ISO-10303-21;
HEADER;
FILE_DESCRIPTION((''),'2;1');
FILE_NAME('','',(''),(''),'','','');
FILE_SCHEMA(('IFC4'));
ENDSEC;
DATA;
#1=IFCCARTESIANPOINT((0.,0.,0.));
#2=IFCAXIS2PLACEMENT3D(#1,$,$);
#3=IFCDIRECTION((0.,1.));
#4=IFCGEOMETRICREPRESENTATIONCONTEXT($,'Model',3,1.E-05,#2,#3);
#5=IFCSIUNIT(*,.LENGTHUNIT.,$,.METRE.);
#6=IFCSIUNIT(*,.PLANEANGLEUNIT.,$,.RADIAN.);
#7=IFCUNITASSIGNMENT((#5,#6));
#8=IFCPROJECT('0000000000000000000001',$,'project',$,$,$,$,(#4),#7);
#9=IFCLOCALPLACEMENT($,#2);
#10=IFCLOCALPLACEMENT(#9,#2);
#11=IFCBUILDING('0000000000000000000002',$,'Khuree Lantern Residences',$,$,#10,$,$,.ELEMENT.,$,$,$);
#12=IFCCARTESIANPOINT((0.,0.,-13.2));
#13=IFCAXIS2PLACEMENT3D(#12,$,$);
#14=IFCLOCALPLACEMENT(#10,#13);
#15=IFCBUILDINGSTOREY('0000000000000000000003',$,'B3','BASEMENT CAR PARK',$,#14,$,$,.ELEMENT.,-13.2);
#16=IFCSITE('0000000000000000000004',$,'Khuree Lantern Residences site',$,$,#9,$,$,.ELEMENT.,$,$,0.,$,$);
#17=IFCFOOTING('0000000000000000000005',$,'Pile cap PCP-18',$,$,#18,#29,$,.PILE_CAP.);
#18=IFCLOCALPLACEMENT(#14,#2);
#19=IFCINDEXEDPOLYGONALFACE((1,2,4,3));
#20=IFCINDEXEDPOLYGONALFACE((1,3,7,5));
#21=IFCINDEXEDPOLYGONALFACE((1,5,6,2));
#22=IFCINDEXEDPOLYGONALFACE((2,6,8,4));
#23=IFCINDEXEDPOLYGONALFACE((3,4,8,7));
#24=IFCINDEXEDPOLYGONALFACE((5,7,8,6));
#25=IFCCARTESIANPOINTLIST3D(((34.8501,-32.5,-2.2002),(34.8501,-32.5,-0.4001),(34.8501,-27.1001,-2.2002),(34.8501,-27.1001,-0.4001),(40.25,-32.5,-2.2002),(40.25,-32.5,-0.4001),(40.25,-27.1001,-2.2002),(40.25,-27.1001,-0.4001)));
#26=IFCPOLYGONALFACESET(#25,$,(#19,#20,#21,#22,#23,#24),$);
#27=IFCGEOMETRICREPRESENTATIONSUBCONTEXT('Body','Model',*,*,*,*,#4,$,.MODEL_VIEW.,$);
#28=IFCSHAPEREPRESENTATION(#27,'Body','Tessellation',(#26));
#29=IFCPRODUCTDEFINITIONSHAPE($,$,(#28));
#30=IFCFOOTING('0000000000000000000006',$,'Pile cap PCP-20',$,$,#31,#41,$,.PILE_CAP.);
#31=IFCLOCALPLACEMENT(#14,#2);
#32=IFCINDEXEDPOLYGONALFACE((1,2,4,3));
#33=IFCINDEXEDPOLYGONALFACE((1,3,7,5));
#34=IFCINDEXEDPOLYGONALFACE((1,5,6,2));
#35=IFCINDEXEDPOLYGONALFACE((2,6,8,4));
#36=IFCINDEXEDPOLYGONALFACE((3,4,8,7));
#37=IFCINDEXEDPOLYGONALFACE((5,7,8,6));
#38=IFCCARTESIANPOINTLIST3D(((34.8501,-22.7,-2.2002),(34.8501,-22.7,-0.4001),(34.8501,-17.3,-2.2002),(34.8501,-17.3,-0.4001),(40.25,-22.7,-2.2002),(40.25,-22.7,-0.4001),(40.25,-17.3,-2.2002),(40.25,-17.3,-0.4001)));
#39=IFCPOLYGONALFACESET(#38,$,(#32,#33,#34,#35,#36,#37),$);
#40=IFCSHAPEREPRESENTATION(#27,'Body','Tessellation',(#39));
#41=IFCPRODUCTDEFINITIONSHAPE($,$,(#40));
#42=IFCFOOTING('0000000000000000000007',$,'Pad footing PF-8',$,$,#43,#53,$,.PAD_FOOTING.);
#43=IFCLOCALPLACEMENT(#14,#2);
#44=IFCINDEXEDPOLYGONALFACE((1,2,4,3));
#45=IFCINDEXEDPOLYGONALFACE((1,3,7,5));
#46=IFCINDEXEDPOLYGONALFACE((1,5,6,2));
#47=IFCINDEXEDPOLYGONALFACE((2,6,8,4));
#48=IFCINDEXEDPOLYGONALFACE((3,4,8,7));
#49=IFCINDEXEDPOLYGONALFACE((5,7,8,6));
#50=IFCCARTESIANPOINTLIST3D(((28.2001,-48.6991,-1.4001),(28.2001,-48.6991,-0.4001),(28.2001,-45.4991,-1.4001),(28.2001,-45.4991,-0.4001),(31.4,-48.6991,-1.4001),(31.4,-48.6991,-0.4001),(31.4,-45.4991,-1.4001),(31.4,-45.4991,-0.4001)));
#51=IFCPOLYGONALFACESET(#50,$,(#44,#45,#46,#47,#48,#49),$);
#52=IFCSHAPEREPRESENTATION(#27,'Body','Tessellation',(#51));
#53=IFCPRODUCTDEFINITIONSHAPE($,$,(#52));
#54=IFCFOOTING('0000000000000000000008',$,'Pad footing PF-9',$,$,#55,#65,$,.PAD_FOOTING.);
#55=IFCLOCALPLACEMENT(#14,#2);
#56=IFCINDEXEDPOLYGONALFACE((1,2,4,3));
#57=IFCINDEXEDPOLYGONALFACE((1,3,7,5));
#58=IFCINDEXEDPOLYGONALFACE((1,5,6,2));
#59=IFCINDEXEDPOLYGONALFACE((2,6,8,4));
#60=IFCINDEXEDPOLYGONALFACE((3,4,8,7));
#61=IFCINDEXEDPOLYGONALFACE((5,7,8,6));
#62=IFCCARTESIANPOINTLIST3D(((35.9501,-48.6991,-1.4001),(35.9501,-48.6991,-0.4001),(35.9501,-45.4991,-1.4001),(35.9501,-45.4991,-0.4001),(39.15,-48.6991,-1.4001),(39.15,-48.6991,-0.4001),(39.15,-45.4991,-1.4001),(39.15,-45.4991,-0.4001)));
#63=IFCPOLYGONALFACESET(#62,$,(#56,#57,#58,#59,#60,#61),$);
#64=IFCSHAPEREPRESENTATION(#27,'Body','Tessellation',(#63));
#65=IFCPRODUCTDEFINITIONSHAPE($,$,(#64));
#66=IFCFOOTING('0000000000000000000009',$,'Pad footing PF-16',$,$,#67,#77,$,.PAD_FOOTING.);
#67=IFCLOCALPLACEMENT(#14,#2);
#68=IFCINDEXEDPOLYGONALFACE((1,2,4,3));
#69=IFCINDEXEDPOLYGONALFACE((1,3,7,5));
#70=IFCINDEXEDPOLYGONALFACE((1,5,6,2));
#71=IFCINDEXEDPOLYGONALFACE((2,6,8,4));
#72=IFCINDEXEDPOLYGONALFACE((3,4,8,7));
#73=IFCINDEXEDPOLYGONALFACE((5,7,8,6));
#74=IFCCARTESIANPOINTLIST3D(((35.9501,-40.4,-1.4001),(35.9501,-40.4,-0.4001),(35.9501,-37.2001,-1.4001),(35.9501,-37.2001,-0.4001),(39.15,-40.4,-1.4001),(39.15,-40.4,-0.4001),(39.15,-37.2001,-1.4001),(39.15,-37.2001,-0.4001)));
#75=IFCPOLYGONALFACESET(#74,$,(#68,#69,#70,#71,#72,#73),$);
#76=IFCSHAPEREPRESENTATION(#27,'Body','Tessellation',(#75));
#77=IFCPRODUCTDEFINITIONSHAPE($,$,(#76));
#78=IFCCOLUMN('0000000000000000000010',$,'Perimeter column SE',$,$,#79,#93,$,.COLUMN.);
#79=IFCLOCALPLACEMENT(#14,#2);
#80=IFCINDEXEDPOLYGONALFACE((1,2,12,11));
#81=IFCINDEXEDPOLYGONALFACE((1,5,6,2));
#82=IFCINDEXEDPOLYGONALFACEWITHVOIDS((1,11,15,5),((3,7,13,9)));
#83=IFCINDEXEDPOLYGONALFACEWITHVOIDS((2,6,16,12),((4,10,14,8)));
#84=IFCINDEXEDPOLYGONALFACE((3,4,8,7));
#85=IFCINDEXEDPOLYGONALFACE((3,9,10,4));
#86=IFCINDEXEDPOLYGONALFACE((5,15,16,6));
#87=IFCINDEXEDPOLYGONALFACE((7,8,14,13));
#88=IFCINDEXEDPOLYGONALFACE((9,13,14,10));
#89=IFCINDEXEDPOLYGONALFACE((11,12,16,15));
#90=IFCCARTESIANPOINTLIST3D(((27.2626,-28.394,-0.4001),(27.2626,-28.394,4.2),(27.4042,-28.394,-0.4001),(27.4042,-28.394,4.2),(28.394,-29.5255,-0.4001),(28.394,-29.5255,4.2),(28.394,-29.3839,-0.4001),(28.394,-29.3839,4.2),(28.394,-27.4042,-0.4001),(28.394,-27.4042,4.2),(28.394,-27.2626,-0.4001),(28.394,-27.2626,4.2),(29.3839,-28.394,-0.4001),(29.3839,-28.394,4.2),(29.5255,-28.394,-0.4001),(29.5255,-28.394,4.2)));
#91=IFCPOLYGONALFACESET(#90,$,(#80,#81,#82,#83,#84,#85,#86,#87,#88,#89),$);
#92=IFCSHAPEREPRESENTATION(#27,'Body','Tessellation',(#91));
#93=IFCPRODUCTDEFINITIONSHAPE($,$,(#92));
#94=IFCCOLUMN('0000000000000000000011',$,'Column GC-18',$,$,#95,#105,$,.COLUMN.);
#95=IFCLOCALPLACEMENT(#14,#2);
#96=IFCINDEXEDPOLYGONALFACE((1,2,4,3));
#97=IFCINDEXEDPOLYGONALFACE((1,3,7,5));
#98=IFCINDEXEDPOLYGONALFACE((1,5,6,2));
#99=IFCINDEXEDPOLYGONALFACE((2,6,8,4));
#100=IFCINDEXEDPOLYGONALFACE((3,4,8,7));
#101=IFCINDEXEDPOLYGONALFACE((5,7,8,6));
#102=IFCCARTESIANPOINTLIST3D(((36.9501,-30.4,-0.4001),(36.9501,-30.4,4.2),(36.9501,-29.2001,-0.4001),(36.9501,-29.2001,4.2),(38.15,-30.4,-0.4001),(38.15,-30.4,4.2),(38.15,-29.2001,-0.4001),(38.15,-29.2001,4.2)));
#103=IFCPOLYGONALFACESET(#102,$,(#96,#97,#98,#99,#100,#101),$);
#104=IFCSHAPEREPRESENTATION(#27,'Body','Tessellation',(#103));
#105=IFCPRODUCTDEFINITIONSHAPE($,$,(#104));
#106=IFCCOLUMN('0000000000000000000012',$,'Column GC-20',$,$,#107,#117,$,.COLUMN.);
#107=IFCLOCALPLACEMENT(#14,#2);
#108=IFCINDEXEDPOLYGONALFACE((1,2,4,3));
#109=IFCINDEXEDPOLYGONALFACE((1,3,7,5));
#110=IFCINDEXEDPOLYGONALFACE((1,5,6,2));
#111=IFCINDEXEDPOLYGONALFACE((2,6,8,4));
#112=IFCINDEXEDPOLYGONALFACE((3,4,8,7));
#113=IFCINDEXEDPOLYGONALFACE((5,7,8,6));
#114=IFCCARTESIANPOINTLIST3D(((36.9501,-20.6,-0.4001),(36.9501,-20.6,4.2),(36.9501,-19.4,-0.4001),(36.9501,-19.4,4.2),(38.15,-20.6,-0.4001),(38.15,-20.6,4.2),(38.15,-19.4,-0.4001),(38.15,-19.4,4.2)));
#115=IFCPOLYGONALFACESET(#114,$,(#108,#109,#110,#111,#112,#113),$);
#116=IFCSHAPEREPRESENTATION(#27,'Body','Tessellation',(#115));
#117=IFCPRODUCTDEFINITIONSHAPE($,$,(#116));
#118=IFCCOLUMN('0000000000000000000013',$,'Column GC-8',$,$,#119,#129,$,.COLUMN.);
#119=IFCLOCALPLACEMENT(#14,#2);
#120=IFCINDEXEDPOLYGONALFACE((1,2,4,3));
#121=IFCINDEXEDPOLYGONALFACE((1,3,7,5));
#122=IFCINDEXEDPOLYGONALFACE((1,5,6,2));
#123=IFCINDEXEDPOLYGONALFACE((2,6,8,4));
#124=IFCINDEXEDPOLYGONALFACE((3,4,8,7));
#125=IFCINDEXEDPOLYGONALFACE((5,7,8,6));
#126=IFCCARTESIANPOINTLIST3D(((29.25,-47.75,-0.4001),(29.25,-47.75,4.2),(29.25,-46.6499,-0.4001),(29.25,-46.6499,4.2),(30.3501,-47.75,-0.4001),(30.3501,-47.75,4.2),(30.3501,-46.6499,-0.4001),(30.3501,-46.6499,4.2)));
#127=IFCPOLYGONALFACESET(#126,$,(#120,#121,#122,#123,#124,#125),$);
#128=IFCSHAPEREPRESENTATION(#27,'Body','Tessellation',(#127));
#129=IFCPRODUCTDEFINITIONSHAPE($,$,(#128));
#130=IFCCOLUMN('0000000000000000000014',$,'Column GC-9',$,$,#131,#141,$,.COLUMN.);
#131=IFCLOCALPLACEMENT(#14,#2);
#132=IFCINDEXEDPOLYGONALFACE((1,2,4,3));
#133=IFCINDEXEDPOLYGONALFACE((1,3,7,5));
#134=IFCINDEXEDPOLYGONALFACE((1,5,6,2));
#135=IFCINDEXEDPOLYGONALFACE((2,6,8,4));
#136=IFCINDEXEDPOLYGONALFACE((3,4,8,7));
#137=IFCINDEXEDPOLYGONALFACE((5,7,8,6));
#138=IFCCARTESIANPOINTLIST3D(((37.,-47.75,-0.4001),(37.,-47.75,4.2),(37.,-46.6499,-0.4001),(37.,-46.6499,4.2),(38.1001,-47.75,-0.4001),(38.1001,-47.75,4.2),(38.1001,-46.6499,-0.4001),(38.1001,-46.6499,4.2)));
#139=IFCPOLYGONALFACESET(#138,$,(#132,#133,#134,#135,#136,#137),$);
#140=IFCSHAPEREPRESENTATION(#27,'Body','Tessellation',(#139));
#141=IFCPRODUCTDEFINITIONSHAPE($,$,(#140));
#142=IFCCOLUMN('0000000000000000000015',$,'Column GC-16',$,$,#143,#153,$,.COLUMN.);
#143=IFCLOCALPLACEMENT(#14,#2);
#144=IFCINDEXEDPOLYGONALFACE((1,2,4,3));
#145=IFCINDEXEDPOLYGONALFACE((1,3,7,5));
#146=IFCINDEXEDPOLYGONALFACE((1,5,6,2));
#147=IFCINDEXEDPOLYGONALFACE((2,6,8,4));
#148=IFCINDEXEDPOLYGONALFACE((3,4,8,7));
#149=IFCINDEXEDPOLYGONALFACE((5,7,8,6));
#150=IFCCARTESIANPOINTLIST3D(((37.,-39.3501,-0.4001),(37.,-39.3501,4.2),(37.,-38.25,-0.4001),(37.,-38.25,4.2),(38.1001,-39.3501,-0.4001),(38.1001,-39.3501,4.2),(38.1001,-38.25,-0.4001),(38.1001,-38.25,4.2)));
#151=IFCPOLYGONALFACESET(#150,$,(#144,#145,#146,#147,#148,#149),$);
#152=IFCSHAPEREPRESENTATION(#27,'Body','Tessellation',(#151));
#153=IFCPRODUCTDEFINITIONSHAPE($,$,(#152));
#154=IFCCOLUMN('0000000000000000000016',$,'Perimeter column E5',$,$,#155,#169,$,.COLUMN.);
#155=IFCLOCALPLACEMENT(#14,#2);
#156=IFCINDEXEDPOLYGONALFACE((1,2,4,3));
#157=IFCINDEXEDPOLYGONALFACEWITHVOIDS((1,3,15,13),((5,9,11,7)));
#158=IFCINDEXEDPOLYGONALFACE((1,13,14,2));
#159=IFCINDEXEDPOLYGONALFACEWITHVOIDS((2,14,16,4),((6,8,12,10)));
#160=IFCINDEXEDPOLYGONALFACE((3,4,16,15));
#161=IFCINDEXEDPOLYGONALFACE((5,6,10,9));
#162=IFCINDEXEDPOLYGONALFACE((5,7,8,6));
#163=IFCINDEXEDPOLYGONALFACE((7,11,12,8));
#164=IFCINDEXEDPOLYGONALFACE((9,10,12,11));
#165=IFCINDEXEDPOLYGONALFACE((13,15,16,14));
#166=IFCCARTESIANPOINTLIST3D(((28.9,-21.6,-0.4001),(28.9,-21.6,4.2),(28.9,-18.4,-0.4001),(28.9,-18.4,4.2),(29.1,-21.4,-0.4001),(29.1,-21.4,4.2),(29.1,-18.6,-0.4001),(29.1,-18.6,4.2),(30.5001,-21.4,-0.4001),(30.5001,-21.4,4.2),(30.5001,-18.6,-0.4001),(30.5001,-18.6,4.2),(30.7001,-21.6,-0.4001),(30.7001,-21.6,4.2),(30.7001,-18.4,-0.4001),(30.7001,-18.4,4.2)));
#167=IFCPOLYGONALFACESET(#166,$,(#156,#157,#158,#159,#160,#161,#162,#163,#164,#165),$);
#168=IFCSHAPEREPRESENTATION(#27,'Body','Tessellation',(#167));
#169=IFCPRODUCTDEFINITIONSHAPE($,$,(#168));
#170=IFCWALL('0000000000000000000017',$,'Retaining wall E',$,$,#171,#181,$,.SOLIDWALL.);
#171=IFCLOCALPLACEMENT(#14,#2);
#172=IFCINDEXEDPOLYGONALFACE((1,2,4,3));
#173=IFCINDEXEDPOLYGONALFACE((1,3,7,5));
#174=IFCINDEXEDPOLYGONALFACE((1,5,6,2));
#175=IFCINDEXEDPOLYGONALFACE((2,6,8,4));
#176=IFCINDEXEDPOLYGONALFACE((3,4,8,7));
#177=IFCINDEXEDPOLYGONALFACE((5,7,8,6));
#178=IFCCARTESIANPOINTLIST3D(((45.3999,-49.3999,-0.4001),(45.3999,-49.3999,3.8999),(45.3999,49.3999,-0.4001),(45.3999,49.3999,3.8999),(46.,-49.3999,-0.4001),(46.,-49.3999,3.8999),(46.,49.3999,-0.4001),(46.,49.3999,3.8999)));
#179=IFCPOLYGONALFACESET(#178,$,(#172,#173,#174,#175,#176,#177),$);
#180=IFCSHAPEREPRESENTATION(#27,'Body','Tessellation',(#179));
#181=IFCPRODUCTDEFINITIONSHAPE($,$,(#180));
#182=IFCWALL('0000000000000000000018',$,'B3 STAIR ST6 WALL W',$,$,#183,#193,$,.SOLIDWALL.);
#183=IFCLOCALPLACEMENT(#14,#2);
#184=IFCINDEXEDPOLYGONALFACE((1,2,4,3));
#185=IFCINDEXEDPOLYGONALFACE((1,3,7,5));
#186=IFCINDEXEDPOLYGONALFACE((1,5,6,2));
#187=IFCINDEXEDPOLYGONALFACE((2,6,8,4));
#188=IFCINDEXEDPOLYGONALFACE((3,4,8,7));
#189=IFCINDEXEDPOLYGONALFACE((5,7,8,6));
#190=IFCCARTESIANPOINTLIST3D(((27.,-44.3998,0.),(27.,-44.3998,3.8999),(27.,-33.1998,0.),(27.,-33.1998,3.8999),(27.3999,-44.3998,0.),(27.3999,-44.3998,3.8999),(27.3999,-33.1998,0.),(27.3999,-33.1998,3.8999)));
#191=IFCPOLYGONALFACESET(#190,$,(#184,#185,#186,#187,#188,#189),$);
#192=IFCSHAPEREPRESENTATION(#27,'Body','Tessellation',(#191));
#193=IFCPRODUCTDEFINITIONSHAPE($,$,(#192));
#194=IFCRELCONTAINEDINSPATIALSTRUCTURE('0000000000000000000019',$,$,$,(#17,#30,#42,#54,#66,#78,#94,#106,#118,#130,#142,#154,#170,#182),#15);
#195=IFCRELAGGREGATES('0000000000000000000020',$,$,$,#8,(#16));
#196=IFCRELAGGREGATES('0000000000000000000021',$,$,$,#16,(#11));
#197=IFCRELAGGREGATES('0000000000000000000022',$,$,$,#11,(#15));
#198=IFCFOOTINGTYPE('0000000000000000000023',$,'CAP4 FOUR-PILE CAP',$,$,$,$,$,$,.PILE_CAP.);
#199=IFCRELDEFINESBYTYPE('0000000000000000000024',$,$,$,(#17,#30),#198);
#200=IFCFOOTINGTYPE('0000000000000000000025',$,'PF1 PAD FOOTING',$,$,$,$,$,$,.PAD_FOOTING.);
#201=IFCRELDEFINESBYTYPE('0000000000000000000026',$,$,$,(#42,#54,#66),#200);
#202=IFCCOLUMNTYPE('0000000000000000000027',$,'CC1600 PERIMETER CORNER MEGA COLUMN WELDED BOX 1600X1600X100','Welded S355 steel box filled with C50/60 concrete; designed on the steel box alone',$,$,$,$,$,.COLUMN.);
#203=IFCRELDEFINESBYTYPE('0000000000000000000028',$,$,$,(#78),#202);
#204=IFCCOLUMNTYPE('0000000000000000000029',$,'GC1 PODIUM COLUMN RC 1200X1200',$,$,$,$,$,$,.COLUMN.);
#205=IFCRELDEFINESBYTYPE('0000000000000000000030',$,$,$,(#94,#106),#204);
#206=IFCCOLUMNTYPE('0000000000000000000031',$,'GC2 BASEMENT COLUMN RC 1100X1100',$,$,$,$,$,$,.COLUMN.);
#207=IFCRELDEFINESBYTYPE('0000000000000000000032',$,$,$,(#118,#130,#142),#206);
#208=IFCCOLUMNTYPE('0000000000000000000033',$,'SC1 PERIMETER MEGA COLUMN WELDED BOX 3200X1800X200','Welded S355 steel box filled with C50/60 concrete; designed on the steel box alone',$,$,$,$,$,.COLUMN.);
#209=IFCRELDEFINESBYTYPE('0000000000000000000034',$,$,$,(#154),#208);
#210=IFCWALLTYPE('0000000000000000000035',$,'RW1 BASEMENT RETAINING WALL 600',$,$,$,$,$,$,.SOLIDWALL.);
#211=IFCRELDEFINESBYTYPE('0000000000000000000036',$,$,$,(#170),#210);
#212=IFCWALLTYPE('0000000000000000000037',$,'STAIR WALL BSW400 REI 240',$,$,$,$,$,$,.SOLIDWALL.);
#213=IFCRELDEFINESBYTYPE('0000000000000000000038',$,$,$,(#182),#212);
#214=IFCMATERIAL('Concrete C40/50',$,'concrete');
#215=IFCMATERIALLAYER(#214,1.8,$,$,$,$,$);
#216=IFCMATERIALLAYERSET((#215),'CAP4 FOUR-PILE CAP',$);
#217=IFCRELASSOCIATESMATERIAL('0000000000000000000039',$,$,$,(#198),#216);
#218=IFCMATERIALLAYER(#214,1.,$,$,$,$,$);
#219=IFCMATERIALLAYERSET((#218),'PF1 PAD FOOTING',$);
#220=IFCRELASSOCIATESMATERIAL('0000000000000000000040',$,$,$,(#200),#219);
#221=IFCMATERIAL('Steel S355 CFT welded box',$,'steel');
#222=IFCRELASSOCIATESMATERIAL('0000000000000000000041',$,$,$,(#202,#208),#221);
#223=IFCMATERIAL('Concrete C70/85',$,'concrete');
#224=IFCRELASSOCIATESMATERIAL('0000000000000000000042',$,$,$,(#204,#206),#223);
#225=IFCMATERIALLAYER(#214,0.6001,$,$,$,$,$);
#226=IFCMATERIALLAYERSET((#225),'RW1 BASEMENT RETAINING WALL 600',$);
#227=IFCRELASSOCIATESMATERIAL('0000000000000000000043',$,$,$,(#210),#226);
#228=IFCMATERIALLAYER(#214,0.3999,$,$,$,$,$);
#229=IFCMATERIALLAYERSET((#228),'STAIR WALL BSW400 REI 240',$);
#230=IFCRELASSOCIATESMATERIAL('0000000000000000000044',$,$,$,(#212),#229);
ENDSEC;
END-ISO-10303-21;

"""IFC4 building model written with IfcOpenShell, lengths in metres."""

from ifc_helpers import new_model, si_unit, direction, frame, frame_2d, origin, origin_2d, place, context, subcontext, project, spatial, rectangle, hollow_rectangle, extrude, material, layer, layer_set, material_profile, profile_set, type_object, element, save


model = new_model("IFC4")

# Units and contexts
model_context = context("Model", 3, precision=1e-05, world=origin(), true_north=direction((0.0, 1.0)))
body_context = subcontext(model_context, "Body", "Model", "MODEL_VIEW")
ifc_project = project(units=[si_unit("LENGTHUNIT", "METRE"), si_unit("PLANEANGLEUNIT", "RADIAN")], contexts=[model_context])

# Site, building, storey
site_placement = place(None, origin())
site = spatial("IfcSite", under=ifc_project, at=site_placement, Name="Khuree Lantern Residences site", CompositionType="ELEMENT", RefElevation=0.0)
building_placement = place(site_placement, origin())
building = spatial("IfcBuilding", under=site, at=building_placement, Name="Khuree Lantern Residences", CompositionType="ELEMENT")
storey_placement = place(building_placement, frame((0.0, 0.0, -13.2)))
storey = spatial("IfcBuildingStorey", under=building, at=storey_placement, Name="B3", Description="BASEMENT CAR PARK", CompositionType="ELEMENT", Elevation=-13.2)

# Footings
ifc_material_1 = material(Name="Concrete C40/50", Category="concrete")
ifc_layer_1 = layer(ifc_material_1, 1.8)
ifc_layer_set_1 = layer_set([ifc_layer_1], Name="CAP4 FOUR-PILE CAP")
footing_type_1 = type_object("IfcFootingType", Name="CAP4 FOUR-PILE CAP", PredefinedType="PILE_CAP", material=ifc_layer_set_1)
for number, where, z_axis, x_axis, name in (
    (1, (37.55, -29.8, -2.2002), (0.0, 0.0, 1.0), (1.0, 0.0, 0.0), "Pile cap PCP-18"),
    (2, (37.55, -20.0, -2.2002), (0.0, 0.0, 1.0), (1.0, 0.0, 0.0), "Pile cap PCP-20"),
):
    element("IfcFooting", number, at=place(storey_placement, frame(where, z_axis=z_axis, x_axis=x_axis)), inside=storey, type_object=footing_type_1, Name=name, PredefinedType="PILE_CAP", context=body_context, shape_type="SweptSolid", body=[
        extrude(rectangle(XDim=5.3999, YDim=5.3999, at=origin_2d()), origin(), (0.0, 0.0, 1.0), 1.8),
    ])
ifc_layer_2 = layer(ifc_material_1, 1.0)
ifc_layer_set_2 = layer_set([ifc_layer_2], Name="PF1 PAD FOOTING")
footing_type_2 = type_object("IfcFootingType", Name="PF1 PAD FOOTING", PredefinedType="PAD_FOOTING", material=ifc_layer_set_2)
for number, where, z_axis, x_axis, name in (
    (3, (29.8, -47.0991, -1.4001), (0.0, 0.0, 1.0), (1.0, 0.0, 0.0), "Pad footing PF-8"),
    (4, (37.55, -47.0991, -1.4001), (0.0, 0.0, 1.0), (1.0, 0.0, 0.0), "Pad footing PF-9"),
    (5, (37.55, -38.8, -1.4001), (0.0, 0.0, 1.0), (1.0, 0.0, 0.0), "Pad footing PF-16"),
):
    element("IfcFooting", number, at=place(storey_placement, frame(where, z_axis=z_axis, x_axis=x_axis)), inside=storey, type_object=footing_type_2, Name=name, PredefinedType="PAD_FOOTING", context=body_context, shape_type="SweptSolid", body=[
        extrude(rectangle(XDim=3.2, YDim=3.2, at=origin_2d()), origin(), (0.0, 0.0, 1.0), 1.0),
    ])

# Columns
ifc_material_2 = material(Name="Steel S355 CFT welded box", Category="steel")
ifc_material_profile_1 = material_profile(ifc_material_2, hollow_rectangle(XDim=1.6001, YDim=1.6001, WallThickness=0.1001, at=origin_2d()), Name="WELDED BOX 1600X1600X100")
ifc_profile_set_1 = profile_set([ifc_material_profile_1], Name="Steel S355 CFT welded box")
column_type_1 = type_object("IfcColumnType", Name="CC1600 PERIMETER CORNER MEGA COLUMN WELDED BOX 1600X1600X100", Description="Welded S355 steel box filled with C50/60 concrete; designed on the steel box alone", PredefinedType="COLUMN", material=ifc_profile_set_1)
column_1_placement = place(storey_placement, frame((28.394, -28.394, -0.4001), z_axis=(0.0, 0.0, 1.0), x_axis=(0.707107, 0.707107, 0.0)))
element("IfcColumn", 6, at=column_1_placement, inside=storey, type_object=column_type_1, Name="Perimeter column SE", PredefinedType="COLUMN", context=body_context, shape_type="SweptSolid", body=[
    extrude(hollow_rectangle(XDim=1.6001, YDim=1.6001, WallThickness=0.1001, at=origin_2d()), origin(), (0.0, 0.0, 1.0), 4.6001),
])
ifc_material_3 = material(Name="Concrete C70/85", Category="concrete")
ifc_material_profile_2 = material_profile(ifc_material_3, rectangle(XDim=1.2, YDim=1.2, at=origin_2d()), Name="RC 1200X1200")
ifc_profile_set_2 = profile_set([ifc_material_profile_2], Name="Concrete C70/85")
column_type_2 = type_object("IfcColumnType", Name="GC1 PODIUM COLUMN RC 1200X1200", PredefinedType="COLUMN", material=ifc_profile_set_2)
for number, where, z_axis, x_axis, name in (
    (7, (37.55, -29.8, -0.4001), (0.0, 0.0, 1.0), (1.0, 0.0, 0.0), "Column GC-18"),
    (8, (37.55, -20.0, -0.4001), (0.0, 0.0, 1.0), (1.0, 0.0, 0.0), "Column GC-20"),
):
    element("IfcColumn", number, at=place(storey_placement, frame(where, z_axis=z_axis, x_axis=x_axis)), inside=storey, type_object=column_type_2, Name=name, PredefinedType="COLUMN", context=body_context, shape_type="SweptSolid", body=[
        extrude(rectangle(XDim=1.2, YDim=1.2, at=origin_2d()), origin(), (0.0, 0.0, 1.0), 4.6001),
    ])
ifc_material_profile_3 = material_profile(ifc_material_3, rectangle(XDim=1.1001, YDim=1.1001, at=origin_2d()), Name="RC 1100X1100")
ifc_profile_set_3 = profile_set([ifc_material_profile_3], Name="Concrete C70/85")
column_type_3 = type_object("IfcColumnType", Name="GC2 BASEMENT COLUMN RC 1100X1100", PredefinedType="COLUMN", material=ifc_profile_set_3)
for number, where, z_axis, x_axis, name in (
    (9, (29.8, -47.2, -0.4001), (0.0, 0.0, 1.0), (1.0, 0.0, 0.0), "Column GC-8"),
    (10, (37.55, -47.2, -0.4001), (0.0, 0.0, 1.0), (1.0, 0.0, 0.0), "Column GC-9"),
    (11, (37.55, -38.8, -0.4001), (0.0, 0.0, 1.0), (1.0, 0.0, 0.0), "Column GC-16"),
):
    element("IfcColumn", number, at=place(storey_placement, frame(where, z_axis=z_axis, x_axis=x_axis)), inside=storey, type_object=column_type_3, Name=name, PredefinedType="COLUMN", context=body_context, shape_type="SweptSolid", body=[
        extrude(rectangle(XDim=1.1001, YDim=1.1001, at=origin_2d()), origin(), (0.0, 0.0, 1.0), 4.6001),
    ])
ifc_material_profile_4 = material_profile(ifc_material_2, hollow_rectangle(XDim=3.2, YDim=1.8, WallThickness=0.2, at=origin_2d()), Name="WELDED BOX 3200X1800X200")
ifc_profile_set_4 = profile_set([ifc_material_profile_4], Name="Steel S355 CFT welded box")
column_type_4 = type_object("IfcColumnType", Name="SC1 PERIMETER MEGA COLUMN WELDED BOX 3200X1800X200", Description="Welded S355 steel box filled with C50/60 concrete; designed on the steel box alone", PredefinedType="COLUMN", material=ifc_profile_set_4)
column_2_placement = place(storey_placement, frame((29.8, -20.0, -0.4001), z_axis=(0.0, 0.0, 1.0), x_axis=(0.0, 1.0, 0.0)))
element("IfcColumn", 12, at=column_2_placement, inside=storey, type_object=column_type_4, Name="Perimeter column E5", PredefinedType="COLUMN", context=body_context, shape_type="SweptSolid", body=[
    extrude(hollow_rectangle(XDim=3.2, YDim=1.8, WallThickness=0.2, at=origin_2d()), origin(), (0.0, 0.0, 1.0), 4.6001),
])

# Walls
ifc_layer_3 = layer(ifc_material_1, 0.6001)
ifc_layer_set_3 = layer_set([ifc_layer_3], Name="RW1 BASEMENT RETAINING WALL 600")
wall_type_1 = type_object("IfcWallType", Name="RW1 BASEMENT RETAINING WALL 600", PredefinedType="SOLIDWALL", material=ifc_layer_set_3)
wall_1_placement = place(storey_placement, frame((45.7, -49.3999, -0.4001), z_axis=(0.0, 0.0, 1.0), x_axis=(0.0, 1.0, 0.0)))
element("IfcWall", 13, at=wall_1_placement, inside=storey, type_object=wall_type_1, Name="Retaining wall E", PredefinedType="SOLIDWALL", context=body_context, shape_type="SweptSolid", body=[
    extrude(rectangle(XDim=98.7998, YDim=0.6001, at=frame_2d((49.3999, 0.0))), origin(), (0.0, 0.0, 1.0), 4.3),
])
ifc_layer_4 = layer(ifc_material_1, 0.3999)
ifc_layer_set_4 = layer_set([ifc_layer_4], Name="STAIR WALL BSW400 REI 240")
wall_type_2 = type_object("IfcWallType", Name="STAIR WALL BSW400 REI 240", PredefinedType="SOLIDWALL", material=ifc_layer_set_4)
for number, where, z_axis, x_axis, name in (
    (14, (27.2, -44.3999, 0.0), (0.0, 0.0, 1.0), (0.0, 1.0, 0.0), "B3 STAIR ST6 WALL W"),
):
    element("IfcWall", number, at=place(storey_placement, frame(where, z_axis=z_axis, x_axis=x_axis)), inside=storey, type_object=wall_type_2, Name=name, PredefinedType="SOLIDWALL", context=body_context, shape_type="SweptSolid", body=[
        extrude(rectangle(XDim=11.2, YDim=0.3999, at=frame_2d((5.6001, 0.0))), origin(), (0.0, 0.0, 1.0), 3.8999),
    ])

save(model, "model.ifc")
